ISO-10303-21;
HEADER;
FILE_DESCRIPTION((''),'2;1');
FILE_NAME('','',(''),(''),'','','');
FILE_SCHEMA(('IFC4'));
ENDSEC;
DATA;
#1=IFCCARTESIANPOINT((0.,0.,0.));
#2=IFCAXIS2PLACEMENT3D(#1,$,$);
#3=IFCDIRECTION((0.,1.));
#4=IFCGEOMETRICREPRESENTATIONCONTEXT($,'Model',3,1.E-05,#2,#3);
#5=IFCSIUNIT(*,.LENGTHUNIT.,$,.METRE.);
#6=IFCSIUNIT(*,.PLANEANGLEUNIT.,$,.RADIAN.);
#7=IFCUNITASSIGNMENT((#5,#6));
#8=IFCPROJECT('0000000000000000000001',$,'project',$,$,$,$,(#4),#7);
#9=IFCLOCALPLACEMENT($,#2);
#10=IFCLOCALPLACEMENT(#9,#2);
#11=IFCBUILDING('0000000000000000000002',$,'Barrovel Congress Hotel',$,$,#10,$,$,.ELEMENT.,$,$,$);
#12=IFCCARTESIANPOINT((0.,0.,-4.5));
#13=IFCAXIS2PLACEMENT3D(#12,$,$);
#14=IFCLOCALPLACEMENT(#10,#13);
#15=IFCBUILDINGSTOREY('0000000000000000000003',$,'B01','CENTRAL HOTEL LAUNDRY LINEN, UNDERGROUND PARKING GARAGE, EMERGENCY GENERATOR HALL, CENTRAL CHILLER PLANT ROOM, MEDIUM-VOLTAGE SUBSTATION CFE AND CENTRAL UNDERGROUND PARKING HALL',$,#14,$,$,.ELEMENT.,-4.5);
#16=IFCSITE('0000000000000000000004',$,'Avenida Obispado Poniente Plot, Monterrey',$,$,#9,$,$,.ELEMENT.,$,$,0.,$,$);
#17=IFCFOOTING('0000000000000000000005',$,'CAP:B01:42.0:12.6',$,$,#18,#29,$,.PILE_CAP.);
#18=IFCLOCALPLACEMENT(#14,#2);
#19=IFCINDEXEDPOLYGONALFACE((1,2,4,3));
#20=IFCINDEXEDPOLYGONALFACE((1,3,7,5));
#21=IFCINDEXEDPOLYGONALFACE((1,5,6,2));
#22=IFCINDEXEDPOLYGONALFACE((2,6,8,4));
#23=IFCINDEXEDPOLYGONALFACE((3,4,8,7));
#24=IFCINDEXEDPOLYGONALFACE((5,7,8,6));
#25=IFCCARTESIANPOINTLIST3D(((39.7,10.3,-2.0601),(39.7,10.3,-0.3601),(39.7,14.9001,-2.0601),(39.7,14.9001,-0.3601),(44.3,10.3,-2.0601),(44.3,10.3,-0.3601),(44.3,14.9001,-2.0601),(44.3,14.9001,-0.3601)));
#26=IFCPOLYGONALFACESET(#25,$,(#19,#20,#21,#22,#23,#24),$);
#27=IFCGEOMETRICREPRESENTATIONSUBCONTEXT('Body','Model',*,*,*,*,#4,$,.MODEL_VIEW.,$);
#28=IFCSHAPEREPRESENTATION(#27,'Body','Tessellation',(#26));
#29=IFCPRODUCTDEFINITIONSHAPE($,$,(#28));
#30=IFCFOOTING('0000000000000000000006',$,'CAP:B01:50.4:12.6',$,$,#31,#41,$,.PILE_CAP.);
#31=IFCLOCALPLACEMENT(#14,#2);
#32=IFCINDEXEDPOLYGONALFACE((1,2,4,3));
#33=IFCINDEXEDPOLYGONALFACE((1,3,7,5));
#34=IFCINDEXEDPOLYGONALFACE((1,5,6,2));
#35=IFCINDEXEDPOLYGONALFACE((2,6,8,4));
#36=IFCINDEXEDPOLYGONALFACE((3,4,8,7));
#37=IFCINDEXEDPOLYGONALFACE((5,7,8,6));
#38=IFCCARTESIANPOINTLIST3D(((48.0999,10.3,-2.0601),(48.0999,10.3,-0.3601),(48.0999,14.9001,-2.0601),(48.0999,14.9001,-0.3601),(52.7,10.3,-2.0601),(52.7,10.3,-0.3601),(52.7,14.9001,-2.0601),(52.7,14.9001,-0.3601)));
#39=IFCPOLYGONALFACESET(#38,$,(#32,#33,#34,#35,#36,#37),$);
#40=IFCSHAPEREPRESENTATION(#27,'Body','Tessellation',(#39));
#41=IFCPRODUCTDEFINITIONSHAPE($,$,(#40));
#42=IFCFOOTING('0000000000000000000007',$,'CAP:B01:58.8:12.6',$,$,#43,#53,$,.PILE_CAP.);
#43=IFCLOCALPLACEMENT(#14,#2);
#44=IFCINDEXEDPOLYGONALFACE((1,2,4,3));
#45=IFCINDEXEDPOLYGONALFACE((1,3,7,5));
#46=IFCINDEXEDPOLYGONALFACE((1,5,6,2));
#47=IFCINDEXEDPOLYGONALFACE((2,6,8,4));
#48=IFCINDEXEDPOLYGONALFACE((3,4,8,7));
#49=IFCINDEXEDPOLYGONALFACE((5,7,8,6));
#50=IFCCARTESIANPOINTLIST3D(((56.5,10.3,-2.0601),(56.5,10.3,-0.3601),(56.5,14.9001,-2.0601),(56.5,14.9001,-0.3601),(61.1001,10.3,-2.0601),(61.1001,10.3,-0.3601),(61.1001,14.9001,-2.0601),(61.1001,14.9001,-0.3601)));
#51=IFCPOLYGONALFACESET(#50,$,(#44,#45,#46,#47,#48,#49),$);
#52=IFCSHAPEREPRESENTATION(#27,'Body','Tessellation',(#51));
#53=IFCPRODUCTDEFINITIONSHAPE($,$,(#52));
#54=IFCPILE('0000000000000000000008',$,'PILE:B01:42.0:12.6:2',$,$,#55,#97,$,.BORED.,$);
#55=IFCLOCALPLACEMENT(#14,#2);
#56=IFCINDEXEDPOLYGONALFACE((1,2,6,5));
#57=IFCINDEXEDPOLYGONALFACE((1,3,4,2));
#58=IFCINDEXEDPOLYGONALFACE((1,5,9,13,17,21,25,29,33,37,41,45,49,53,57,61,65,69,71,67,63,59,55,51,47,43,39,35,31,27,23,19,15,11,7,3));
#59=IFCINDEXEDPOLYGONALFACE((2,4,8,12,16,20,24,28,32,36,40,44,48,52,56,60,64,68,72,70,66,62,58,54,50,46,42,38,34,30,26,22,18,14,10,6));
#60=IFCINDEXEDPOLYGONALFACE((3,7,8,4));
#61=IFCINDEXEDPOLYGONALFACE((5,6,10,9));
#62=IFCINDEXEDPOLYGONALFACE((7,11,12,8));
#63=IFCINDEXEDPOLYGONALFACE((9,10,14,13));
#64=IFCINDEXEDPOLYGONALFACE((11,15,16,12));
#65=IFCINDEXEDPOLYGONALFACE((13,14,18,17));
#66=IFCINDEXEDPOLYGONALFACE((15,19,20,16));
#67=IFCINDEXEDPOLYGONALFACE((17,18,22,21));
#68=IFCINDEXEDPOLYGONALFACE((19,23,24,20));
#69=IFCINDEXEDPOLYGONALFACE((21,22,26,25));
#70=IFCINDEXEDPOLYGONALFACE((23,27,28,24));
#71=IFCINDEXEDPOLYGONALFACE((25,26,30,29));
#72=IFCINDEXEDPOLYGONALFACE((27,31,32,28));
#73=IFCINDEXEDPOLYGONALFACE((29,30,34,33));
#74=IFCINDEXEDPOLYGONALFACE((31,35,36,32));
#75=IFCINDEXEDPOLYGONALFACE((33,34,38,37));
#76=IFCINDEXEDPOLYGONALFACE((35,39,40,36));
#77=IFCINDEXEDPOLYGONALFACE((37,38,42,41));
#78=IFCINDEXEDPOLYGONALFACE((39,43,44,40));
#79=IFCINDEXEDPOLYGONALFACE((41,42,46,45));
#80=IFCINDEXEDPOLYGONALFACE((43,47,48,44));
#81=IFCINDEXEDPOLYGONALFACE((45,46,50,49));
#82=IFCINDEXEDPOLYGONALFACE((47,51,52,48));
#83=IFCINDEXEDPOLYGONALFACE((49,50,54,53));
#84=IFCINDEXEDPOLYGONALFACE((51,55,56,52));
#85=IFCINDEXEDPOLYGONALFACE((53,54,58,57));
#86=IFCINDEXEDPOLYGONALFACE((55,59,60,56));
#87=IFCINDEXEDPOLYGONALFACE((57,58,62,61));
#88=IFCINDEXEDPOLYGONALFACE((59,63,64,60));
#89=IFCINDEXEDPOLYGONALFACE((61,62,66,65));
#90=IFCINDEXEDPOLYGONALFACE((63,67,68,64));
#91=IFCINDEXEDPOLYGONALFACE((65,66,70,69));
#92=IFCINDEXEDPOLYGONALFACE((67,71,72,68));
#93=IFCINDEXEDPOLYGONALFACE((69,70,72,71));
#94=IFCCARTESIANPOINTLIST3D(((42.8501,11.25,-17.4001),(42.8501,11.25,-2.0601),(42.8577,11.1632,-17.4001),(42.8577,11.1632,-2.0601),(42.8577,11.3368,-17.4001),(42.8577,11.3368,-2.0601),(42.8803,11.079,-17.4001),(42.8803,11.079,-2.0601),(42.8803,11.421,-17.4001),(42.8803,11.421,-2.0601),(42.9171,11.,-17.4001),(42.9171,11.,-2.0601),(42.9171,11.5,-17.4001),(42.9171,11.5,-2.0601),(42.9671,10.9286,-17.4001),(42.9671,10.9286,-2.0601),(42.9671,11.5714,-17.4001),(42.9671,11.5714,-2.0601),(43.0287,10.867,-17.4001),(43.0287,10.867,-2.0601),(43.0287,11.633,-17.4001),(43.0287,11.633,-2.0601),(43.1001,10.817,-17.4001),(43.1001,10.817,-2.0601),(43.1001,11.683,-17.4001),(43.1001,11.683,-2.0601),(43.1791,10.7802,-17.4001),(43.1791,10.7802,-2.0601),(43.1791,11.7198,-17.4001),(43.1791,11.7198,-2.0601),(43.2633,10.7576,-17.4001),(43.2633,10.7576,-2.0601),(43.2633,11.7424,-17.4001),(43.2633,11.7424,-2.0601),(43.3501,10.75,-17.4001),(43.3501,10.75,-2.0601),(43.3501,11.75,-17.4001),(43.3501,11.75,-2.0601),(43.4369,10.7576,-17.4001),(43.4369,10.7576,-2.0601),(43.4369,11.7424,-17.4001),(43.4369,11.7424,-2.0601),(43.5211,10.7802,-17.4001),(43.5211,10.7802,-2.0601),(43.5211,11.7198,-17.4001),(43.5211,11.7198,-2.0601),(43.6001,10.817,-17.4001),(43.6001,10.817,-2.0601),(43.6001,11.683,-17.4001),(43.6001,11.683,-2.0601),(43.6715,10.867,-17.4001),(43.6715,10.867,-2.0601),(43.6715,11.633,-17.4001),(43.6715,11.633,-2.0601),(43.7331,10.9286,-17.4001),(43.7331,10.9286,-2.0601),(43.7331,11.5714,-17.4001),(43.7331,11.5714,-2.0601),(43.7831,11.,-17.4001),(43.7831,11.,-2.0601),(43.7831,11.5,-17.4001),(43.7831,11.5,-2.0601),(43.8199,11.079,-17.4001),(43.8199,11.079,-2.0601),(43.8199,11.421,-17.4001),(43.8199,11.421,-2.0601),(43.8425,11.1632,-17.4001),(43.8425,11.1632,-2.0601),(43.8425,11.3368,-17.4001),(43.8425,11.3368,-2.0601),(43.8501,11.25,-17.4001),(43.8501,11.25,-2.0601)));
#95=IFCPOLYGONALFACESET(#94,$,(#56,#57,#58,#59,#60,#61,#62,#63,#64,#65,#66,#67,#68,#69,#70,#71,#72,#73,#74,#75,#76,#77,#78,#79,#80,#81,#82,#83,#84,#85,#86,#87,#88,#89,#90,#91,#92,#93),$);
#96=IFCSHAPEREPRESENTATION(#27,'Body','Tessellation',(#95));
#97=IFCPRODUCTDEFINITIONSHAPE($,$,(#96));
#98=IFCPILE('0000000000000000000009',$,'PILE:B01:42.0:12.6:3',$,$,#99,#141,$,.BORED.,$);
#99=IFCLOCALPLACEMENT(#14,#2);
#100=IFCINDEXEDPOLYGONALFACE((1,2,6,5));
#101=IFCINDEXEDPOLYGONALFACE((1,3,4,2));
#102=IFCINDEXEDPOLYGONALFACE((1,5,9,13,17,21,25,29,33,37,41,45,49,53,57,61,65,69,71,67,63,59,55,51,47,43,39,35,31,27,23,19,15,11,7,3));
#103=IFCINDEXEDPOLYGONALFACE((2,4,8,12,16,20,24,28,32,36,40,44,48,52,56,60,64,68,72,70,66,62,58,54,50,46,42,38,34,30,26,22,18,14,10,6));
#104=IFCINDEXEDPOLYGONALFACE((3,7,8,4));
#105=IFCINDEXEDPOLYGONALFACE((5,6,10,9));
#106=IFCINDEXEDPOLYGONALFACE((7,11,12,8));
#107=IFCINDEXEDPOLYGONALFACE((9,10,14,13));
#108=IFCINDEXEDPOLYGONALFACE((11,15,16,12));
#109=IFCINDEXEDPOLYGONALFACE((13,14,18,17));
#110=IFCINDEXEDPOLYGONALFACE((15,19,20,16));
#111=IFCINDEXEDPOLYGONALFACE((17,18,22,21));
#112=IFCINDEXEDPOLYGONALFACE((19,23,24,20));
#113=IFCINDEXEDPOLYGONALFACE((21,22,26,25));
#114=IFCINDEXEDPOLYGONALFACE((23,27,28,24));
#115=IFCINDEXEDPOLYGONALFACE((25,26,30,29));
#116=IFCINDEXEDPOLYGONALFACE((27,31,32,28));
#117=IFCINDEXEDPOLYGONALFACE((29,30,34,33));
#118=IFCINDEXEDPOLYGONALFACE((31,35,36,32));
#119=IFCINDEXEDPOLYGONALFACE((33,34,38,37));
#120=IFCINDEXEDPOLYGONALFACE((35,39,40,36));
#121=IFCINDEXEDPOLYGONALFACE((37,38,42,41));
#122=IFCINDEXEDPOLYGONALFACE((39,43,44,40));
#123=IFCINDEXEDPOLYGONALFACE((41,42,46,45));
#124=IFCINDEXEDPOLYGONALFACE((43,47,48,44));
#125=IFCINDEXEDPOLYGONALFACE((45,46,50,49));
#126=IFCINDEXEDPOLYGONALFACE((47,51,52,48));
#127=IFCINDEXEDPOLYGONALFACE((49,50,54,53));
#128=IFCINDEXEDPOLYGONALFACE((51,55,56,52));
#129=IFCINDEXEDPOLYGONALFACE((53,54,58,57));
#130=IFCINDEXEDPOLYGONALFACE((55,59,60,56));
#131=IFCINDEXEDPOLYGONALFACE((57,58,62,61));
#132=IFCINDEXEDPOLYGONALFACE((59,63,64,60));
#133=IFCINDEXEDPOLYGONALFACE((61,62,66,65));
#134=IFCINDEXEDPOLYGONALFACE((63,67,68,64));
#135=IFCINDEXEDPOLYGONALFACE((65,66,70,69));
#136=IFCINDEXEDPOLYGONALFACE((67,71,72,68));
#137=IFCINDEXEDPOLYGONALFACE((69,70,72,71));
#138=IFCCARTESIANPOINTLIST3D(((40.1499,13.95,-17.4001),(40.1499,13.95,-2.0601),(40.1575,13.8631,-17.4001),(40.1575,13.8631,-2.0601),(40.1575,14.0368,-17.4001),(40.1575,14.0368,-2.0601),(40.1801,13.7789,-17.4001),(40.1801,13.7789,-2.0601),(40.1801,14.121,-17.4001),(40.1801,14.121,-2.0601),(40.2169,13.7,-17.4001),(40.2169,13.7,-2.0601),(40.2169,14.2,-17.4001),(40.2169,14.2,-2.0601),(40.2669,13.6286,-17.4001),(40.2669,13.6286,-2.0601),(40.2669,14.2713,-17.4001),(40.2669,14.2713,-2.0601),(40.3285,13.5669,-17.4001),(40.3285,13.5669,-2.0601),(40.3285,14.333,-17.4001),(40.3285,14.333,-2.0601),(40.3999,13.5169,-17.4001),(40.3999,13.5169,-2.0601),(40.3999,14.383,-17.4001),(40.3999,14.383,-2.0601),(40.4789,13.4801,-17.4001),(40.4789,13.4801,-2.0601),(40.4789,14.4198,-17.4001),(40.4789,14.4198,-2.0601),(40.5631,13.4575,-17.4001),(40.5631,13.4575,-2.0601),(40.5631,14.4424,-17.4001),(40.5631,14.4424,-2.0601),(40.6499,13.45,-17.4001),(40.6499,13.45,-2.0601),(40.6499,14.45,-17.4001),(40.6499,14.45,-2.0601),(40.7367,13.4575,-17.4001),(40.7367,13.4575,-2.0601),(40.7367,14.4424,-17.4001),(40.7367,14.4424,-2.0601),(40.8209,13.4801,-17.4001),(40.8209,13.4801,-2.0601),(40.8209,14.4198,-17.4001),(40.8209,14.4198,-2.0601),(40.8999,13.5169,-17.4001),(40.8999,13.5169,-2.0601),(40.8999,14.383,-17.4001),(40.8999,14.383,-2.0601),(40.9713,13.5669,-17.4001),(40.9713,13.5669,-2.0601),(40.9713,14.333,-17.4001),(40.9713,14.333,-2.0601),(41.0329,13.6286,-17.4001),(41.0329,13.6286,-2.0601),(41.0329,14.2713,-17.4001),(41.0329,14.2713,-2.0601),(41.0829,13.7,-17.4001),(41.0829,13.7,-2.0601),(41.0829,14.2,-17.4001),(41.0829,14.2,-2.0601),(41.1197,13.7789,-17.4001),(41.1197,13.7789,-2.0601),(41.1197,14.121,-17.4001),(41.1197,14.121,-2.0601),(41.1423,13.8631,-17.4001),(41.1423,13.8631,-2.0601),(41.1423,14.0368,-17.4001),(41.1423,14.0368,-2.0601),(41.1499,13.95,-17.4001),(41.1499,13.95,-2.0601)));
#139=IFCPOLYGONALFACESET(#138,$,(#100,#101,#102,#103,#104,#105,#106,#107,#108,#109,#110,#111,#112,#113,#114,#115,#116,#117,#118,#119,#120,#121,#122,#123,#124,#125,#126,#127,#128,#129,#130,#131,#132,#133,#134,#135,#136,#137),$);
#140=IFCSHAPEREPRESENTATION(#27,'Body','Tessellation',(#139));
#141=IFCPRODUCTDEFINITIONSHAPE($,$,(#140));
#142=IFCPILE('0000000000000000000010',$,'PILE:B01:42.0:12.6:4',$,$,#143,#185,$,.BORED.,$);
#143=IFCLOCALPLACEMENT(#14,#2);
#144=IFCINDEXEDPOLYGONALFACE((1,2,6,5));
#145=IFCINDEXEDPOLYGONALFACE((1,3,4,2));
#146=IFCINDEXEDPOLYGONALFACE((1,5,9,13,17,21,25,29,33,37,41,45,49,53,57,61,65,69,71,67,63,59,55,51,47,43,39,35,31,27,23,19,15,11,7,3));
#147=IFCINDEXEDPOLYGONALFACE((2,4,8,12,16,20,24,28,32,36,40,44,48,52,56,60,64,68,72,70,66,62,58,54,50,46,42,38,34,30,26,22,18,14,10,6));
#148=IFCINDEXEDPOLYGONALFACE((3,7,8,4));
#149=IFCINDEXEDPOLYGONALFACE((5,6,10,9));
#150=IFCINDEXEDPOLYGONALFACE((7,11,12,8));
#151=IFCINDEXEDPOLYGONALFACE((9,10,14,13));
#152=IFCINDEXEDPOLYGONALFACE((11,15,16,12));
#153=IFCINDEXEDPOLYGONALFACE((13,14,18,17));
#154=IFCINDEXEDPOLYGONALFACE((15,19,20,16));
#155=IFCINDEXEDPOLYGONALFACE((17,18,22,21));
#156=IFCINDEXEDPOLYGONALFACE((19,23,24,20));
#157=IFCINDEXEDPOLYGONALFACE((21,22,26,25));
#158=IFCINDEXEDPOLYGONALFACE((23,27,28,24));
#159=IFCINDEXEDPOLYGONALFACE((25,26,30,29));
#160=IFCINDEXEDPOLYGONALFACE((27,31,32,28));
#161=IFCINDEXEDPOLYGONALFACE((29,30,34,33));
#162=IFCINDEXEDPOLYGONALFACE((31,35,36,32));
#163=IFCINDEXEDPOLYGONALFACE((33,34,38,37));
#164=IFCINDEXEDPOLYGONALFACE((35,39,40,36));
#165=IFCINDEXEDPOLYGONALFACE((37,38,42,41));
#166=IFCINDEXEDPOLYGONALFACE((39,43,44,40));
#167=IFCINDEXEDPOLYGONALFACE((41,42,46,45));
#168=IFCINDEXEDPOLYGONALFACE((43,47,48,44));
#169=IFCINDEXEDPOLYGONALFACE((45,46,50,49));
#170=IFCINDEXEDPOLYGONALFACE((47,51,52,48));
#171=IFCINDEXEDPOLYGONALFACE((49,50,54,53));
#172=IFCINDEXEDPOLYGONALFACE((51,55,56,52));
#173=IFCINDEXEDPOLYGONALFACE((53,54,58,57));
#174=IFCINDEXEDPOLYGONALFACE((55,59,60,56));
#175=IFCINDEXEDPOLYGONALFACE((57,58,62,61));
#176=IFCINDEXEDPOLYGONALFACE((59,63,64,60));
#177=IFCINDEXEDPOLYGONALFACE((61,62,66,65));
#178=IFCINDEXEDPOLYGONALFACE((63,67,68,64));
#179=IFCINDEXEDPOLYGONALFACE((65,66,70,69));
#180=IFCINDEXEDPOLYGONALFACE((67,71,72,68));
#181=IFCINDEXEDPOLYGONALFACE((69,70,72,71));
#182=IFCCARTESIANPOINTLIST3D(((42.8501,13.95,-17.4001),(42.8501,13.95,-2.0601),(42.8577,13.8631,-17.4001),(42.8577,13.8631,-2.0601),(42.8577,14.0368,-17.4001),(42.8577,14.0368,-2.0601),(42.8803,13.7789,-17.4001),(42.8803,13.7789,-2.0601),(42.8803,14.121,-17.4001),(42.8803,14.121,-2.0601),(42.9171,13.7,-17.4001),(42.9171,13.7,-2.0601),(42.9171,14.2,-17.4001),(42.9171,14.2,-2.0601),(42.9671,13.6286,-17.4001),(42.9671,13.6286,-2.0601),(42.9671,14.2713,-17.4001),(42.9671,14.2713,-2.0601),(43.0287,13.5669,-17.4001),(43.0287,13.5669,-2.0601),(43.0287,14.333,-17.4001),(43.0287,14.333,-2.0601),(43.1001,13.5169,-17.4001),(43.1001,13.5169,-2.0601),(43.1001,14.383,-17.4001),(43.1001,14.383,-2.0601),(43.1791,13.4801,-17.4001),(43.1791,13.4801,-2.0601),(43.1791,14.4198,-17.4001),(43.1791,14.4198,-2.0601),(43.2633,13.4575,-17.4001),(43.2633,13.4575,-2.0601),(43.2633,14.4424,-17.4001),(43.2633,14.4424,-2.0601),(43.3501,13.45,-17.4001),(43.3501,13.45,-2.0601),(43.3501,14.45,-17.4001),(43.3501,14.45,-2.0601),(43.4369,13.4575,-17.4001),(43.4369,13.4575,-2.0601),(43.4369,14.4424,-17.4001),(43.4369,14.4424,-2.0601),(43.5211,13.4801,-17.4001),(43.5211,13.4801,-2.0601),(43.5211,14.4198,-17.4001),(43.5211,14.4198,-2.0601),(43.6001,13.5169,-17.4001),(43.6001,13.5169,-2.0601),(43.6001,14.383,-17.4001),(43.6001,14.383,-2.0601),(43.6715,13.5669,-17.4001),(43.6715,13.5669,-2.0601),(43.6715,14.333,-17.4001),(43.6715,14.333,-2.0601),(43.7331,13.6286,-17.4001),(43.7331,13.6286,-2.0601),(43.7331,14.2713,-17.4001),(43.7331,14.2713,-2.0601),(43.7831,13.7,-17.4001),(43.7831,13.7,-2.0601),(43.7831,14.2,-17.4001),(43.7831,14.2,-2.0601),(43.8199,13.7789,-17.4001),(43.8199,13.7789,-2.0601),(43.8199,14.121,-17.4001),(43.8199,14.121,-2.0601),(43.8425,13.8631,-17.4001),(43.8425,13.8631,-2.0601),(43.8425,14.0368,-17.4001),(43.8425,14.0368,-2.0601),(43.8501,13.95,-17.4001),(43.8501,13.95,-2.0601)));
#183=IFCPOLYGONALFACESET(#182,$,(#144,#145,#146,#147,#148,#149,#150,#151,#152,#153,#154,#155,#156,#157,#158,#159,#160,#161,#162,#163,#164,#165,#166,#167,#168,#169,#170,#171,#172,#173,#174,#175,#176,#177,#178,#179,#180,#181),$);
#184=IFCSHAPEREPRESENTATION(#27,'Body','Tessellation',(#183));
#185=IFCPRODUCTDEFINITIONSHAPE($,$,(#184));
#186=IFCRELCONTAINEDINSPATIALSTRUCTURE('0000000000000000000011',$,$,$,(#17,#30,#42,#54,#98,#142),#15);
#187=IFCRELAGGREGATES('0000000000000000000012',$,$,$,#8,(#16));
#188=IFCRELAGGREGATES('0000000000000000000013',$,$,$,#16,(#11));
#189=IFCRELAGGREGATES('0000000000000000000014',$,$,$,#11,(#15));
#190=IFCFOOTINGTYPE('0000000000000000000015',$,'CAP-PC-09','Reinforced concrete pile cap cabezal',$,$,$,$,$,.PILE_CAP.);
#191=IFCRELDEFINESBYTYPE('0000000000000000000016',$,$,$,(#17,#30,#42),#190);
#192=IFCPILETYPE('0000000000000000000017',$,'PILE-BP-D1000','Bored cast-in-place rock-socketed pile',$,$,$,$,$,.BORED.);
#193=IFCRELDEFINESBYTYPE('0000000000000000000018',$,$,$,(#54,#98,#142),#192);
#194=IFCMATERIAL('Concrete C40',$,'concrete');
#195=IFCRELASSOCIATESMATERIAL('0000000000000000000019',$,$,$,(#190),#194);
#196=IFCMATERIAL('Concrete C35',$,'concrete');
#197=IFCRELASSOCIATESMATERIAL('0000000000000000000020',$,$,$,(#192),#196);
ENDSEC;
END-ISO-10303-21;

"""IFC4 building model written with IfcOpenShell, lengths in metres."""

from ifc_helpers import new_model, si_unit, direction, frame, origin, origin_2d, place, context, subcontext, project, spatial, rectangle, circle, extrude, material, material_profile, profile_set, type_object, element, save


model = new_model("IFC4")

# Units and contexts
model_context = context("Model", 3, precision=1e-05, world=origin(), true_north=direction((0.0, 1.0)))
body_context = subcontext(model_context, "Body", "Model", "MODEL_VIEW")
ifc_project = project(units=[si_unit("LENGTHUNIT", "METRE"), si_unit("PLANEANGLEUNIT", "RADIAN")], contexts=[model_context])

# Site, building, storey
site_placement = place(None, origin())
site = spatial("IfcSite", under=ifc_project, at=site_placement, Name="Avenida Obispado Poniente Plot, Monterrey", CompositionType="ELEMENT", RefElevation=0.0)
building_placement = place(site_placement, origin())
building = spatial("IfcBuilding", under=site, at=building_placement, Name="Barrovel Congress Hotel", CompositionType="ELEMENT")
storey_placement = place(building_placement, frame((0.0, 0.0, -4.5)))
storey = spatial("IfcBuildingStorey", under=building, at=storey_placement, Name="B01", Description="CENTRAL HOTEL LAUNDRY LINEN, UNDERGROUND PARKING GARAGE, EMERGENCY GENERATOR HALL, CENTRAL CHILLER PLANT ROOM, MEDIUM-VOLTAGE SUBSTATION CFE AND CENTRAL UNDERGROUND PARKING HALL", CompositionType="ELEMENT", Elevation=-4.5)

# Footings
ifc_material_1 = material(Name="Concrete C40", Category="concrete")
footing_type = type_object("IfcFootingType", Name="CAP-PC-09", Description="Reinforced concrete pile cap cabezal", PredefinedType="PILE_CAP", material=ifc_material_1)
for number, where, z_axis, x_axis, name in (
    (1, (42.0, 12.6001, -2.0601), (0.0, 0.0, 1.0), (1.0, 0.0, 0.0), "CAP:B01:42.0:12.6"),
    (2, (50.3999, 12.6001, -2.0601), (0.0, 0.0, 1.0), (1.0, 0.0, 0.0), "CAP:B01:50.4:12.6"),
    (3, (58.8, 12.6001, -2.0601), (0.0, 0.0, 1.0), (1.0, 0.0, 0.0), "CAP:B01:58.8:12.6"),
):
    element("IfcFooting", number, at=place(storey_placement, frame(where, z_axis=z_axis, x_axis=x_axis)), inside=storey, type_object=footing_type, Name=name, PredefinedType="PILE_CAP", context=body_context, shape_type="SweptSolid", body=[
        extrude(rectangle(XDim=4.6001, YDim=4.6001, at=origin_2d()), origin(), (0.0, 0.0, 1.0), 1.7),
    ])

# Piles
ifc_material_2 = material(Name="Concrete C35", Category="concrete")
ifc_material_profile_1 = material_profile(ifc_material_2, circle(Radius=0.5, at=origin_2d()), Name="BP-D1000")
ifc_profile_set_1 = profile_set([ifc_material_profile_1], Name="Concrete C35")
pile_type_1 = type_object("IfcPileType", Name="PILE-BP-D1000", Description="Bored cast-in-place rock-socketed pile", PredefinedType="BORED", material=ifc_profile_set_1)
for number, where, z_axis, x_axis, name in (
    (4, (43.3501, 11.25, -2.0601), (0.0, 0.0, -1.0), (1.0, 0.0, 0.0), "PILE:B01:42.0:12.6:2"),
    (5, (40.6499, 13.95, -2.0601), (0.0, 0.0, -1.0), (1.0, 0.0, 0.0), "PILE:B01:42.0:12.6:3"),
    (6, (43.3501, 13.95, -2.0601), (0.0, 0.0, -1.0), (1.0, 0.0, 0.0), "PILE:B01:42.0:12.6:4"),
):
    element("IfcPile", number, at=place(storey_placement, frame(where, z_axis=z_axis, x_axis=x_axis)), inside=storey, type_object=pile_type_1, Name=name, PredefinedType="BORED", context=body_context, shape_type="SweptSolid", body=[
        extrude(circle(Radius=0.5, at=origin_2d()), origin(), (0.0, 0.0, 1.0), 15.3401),
    ])

save(model, "model.ifc")
